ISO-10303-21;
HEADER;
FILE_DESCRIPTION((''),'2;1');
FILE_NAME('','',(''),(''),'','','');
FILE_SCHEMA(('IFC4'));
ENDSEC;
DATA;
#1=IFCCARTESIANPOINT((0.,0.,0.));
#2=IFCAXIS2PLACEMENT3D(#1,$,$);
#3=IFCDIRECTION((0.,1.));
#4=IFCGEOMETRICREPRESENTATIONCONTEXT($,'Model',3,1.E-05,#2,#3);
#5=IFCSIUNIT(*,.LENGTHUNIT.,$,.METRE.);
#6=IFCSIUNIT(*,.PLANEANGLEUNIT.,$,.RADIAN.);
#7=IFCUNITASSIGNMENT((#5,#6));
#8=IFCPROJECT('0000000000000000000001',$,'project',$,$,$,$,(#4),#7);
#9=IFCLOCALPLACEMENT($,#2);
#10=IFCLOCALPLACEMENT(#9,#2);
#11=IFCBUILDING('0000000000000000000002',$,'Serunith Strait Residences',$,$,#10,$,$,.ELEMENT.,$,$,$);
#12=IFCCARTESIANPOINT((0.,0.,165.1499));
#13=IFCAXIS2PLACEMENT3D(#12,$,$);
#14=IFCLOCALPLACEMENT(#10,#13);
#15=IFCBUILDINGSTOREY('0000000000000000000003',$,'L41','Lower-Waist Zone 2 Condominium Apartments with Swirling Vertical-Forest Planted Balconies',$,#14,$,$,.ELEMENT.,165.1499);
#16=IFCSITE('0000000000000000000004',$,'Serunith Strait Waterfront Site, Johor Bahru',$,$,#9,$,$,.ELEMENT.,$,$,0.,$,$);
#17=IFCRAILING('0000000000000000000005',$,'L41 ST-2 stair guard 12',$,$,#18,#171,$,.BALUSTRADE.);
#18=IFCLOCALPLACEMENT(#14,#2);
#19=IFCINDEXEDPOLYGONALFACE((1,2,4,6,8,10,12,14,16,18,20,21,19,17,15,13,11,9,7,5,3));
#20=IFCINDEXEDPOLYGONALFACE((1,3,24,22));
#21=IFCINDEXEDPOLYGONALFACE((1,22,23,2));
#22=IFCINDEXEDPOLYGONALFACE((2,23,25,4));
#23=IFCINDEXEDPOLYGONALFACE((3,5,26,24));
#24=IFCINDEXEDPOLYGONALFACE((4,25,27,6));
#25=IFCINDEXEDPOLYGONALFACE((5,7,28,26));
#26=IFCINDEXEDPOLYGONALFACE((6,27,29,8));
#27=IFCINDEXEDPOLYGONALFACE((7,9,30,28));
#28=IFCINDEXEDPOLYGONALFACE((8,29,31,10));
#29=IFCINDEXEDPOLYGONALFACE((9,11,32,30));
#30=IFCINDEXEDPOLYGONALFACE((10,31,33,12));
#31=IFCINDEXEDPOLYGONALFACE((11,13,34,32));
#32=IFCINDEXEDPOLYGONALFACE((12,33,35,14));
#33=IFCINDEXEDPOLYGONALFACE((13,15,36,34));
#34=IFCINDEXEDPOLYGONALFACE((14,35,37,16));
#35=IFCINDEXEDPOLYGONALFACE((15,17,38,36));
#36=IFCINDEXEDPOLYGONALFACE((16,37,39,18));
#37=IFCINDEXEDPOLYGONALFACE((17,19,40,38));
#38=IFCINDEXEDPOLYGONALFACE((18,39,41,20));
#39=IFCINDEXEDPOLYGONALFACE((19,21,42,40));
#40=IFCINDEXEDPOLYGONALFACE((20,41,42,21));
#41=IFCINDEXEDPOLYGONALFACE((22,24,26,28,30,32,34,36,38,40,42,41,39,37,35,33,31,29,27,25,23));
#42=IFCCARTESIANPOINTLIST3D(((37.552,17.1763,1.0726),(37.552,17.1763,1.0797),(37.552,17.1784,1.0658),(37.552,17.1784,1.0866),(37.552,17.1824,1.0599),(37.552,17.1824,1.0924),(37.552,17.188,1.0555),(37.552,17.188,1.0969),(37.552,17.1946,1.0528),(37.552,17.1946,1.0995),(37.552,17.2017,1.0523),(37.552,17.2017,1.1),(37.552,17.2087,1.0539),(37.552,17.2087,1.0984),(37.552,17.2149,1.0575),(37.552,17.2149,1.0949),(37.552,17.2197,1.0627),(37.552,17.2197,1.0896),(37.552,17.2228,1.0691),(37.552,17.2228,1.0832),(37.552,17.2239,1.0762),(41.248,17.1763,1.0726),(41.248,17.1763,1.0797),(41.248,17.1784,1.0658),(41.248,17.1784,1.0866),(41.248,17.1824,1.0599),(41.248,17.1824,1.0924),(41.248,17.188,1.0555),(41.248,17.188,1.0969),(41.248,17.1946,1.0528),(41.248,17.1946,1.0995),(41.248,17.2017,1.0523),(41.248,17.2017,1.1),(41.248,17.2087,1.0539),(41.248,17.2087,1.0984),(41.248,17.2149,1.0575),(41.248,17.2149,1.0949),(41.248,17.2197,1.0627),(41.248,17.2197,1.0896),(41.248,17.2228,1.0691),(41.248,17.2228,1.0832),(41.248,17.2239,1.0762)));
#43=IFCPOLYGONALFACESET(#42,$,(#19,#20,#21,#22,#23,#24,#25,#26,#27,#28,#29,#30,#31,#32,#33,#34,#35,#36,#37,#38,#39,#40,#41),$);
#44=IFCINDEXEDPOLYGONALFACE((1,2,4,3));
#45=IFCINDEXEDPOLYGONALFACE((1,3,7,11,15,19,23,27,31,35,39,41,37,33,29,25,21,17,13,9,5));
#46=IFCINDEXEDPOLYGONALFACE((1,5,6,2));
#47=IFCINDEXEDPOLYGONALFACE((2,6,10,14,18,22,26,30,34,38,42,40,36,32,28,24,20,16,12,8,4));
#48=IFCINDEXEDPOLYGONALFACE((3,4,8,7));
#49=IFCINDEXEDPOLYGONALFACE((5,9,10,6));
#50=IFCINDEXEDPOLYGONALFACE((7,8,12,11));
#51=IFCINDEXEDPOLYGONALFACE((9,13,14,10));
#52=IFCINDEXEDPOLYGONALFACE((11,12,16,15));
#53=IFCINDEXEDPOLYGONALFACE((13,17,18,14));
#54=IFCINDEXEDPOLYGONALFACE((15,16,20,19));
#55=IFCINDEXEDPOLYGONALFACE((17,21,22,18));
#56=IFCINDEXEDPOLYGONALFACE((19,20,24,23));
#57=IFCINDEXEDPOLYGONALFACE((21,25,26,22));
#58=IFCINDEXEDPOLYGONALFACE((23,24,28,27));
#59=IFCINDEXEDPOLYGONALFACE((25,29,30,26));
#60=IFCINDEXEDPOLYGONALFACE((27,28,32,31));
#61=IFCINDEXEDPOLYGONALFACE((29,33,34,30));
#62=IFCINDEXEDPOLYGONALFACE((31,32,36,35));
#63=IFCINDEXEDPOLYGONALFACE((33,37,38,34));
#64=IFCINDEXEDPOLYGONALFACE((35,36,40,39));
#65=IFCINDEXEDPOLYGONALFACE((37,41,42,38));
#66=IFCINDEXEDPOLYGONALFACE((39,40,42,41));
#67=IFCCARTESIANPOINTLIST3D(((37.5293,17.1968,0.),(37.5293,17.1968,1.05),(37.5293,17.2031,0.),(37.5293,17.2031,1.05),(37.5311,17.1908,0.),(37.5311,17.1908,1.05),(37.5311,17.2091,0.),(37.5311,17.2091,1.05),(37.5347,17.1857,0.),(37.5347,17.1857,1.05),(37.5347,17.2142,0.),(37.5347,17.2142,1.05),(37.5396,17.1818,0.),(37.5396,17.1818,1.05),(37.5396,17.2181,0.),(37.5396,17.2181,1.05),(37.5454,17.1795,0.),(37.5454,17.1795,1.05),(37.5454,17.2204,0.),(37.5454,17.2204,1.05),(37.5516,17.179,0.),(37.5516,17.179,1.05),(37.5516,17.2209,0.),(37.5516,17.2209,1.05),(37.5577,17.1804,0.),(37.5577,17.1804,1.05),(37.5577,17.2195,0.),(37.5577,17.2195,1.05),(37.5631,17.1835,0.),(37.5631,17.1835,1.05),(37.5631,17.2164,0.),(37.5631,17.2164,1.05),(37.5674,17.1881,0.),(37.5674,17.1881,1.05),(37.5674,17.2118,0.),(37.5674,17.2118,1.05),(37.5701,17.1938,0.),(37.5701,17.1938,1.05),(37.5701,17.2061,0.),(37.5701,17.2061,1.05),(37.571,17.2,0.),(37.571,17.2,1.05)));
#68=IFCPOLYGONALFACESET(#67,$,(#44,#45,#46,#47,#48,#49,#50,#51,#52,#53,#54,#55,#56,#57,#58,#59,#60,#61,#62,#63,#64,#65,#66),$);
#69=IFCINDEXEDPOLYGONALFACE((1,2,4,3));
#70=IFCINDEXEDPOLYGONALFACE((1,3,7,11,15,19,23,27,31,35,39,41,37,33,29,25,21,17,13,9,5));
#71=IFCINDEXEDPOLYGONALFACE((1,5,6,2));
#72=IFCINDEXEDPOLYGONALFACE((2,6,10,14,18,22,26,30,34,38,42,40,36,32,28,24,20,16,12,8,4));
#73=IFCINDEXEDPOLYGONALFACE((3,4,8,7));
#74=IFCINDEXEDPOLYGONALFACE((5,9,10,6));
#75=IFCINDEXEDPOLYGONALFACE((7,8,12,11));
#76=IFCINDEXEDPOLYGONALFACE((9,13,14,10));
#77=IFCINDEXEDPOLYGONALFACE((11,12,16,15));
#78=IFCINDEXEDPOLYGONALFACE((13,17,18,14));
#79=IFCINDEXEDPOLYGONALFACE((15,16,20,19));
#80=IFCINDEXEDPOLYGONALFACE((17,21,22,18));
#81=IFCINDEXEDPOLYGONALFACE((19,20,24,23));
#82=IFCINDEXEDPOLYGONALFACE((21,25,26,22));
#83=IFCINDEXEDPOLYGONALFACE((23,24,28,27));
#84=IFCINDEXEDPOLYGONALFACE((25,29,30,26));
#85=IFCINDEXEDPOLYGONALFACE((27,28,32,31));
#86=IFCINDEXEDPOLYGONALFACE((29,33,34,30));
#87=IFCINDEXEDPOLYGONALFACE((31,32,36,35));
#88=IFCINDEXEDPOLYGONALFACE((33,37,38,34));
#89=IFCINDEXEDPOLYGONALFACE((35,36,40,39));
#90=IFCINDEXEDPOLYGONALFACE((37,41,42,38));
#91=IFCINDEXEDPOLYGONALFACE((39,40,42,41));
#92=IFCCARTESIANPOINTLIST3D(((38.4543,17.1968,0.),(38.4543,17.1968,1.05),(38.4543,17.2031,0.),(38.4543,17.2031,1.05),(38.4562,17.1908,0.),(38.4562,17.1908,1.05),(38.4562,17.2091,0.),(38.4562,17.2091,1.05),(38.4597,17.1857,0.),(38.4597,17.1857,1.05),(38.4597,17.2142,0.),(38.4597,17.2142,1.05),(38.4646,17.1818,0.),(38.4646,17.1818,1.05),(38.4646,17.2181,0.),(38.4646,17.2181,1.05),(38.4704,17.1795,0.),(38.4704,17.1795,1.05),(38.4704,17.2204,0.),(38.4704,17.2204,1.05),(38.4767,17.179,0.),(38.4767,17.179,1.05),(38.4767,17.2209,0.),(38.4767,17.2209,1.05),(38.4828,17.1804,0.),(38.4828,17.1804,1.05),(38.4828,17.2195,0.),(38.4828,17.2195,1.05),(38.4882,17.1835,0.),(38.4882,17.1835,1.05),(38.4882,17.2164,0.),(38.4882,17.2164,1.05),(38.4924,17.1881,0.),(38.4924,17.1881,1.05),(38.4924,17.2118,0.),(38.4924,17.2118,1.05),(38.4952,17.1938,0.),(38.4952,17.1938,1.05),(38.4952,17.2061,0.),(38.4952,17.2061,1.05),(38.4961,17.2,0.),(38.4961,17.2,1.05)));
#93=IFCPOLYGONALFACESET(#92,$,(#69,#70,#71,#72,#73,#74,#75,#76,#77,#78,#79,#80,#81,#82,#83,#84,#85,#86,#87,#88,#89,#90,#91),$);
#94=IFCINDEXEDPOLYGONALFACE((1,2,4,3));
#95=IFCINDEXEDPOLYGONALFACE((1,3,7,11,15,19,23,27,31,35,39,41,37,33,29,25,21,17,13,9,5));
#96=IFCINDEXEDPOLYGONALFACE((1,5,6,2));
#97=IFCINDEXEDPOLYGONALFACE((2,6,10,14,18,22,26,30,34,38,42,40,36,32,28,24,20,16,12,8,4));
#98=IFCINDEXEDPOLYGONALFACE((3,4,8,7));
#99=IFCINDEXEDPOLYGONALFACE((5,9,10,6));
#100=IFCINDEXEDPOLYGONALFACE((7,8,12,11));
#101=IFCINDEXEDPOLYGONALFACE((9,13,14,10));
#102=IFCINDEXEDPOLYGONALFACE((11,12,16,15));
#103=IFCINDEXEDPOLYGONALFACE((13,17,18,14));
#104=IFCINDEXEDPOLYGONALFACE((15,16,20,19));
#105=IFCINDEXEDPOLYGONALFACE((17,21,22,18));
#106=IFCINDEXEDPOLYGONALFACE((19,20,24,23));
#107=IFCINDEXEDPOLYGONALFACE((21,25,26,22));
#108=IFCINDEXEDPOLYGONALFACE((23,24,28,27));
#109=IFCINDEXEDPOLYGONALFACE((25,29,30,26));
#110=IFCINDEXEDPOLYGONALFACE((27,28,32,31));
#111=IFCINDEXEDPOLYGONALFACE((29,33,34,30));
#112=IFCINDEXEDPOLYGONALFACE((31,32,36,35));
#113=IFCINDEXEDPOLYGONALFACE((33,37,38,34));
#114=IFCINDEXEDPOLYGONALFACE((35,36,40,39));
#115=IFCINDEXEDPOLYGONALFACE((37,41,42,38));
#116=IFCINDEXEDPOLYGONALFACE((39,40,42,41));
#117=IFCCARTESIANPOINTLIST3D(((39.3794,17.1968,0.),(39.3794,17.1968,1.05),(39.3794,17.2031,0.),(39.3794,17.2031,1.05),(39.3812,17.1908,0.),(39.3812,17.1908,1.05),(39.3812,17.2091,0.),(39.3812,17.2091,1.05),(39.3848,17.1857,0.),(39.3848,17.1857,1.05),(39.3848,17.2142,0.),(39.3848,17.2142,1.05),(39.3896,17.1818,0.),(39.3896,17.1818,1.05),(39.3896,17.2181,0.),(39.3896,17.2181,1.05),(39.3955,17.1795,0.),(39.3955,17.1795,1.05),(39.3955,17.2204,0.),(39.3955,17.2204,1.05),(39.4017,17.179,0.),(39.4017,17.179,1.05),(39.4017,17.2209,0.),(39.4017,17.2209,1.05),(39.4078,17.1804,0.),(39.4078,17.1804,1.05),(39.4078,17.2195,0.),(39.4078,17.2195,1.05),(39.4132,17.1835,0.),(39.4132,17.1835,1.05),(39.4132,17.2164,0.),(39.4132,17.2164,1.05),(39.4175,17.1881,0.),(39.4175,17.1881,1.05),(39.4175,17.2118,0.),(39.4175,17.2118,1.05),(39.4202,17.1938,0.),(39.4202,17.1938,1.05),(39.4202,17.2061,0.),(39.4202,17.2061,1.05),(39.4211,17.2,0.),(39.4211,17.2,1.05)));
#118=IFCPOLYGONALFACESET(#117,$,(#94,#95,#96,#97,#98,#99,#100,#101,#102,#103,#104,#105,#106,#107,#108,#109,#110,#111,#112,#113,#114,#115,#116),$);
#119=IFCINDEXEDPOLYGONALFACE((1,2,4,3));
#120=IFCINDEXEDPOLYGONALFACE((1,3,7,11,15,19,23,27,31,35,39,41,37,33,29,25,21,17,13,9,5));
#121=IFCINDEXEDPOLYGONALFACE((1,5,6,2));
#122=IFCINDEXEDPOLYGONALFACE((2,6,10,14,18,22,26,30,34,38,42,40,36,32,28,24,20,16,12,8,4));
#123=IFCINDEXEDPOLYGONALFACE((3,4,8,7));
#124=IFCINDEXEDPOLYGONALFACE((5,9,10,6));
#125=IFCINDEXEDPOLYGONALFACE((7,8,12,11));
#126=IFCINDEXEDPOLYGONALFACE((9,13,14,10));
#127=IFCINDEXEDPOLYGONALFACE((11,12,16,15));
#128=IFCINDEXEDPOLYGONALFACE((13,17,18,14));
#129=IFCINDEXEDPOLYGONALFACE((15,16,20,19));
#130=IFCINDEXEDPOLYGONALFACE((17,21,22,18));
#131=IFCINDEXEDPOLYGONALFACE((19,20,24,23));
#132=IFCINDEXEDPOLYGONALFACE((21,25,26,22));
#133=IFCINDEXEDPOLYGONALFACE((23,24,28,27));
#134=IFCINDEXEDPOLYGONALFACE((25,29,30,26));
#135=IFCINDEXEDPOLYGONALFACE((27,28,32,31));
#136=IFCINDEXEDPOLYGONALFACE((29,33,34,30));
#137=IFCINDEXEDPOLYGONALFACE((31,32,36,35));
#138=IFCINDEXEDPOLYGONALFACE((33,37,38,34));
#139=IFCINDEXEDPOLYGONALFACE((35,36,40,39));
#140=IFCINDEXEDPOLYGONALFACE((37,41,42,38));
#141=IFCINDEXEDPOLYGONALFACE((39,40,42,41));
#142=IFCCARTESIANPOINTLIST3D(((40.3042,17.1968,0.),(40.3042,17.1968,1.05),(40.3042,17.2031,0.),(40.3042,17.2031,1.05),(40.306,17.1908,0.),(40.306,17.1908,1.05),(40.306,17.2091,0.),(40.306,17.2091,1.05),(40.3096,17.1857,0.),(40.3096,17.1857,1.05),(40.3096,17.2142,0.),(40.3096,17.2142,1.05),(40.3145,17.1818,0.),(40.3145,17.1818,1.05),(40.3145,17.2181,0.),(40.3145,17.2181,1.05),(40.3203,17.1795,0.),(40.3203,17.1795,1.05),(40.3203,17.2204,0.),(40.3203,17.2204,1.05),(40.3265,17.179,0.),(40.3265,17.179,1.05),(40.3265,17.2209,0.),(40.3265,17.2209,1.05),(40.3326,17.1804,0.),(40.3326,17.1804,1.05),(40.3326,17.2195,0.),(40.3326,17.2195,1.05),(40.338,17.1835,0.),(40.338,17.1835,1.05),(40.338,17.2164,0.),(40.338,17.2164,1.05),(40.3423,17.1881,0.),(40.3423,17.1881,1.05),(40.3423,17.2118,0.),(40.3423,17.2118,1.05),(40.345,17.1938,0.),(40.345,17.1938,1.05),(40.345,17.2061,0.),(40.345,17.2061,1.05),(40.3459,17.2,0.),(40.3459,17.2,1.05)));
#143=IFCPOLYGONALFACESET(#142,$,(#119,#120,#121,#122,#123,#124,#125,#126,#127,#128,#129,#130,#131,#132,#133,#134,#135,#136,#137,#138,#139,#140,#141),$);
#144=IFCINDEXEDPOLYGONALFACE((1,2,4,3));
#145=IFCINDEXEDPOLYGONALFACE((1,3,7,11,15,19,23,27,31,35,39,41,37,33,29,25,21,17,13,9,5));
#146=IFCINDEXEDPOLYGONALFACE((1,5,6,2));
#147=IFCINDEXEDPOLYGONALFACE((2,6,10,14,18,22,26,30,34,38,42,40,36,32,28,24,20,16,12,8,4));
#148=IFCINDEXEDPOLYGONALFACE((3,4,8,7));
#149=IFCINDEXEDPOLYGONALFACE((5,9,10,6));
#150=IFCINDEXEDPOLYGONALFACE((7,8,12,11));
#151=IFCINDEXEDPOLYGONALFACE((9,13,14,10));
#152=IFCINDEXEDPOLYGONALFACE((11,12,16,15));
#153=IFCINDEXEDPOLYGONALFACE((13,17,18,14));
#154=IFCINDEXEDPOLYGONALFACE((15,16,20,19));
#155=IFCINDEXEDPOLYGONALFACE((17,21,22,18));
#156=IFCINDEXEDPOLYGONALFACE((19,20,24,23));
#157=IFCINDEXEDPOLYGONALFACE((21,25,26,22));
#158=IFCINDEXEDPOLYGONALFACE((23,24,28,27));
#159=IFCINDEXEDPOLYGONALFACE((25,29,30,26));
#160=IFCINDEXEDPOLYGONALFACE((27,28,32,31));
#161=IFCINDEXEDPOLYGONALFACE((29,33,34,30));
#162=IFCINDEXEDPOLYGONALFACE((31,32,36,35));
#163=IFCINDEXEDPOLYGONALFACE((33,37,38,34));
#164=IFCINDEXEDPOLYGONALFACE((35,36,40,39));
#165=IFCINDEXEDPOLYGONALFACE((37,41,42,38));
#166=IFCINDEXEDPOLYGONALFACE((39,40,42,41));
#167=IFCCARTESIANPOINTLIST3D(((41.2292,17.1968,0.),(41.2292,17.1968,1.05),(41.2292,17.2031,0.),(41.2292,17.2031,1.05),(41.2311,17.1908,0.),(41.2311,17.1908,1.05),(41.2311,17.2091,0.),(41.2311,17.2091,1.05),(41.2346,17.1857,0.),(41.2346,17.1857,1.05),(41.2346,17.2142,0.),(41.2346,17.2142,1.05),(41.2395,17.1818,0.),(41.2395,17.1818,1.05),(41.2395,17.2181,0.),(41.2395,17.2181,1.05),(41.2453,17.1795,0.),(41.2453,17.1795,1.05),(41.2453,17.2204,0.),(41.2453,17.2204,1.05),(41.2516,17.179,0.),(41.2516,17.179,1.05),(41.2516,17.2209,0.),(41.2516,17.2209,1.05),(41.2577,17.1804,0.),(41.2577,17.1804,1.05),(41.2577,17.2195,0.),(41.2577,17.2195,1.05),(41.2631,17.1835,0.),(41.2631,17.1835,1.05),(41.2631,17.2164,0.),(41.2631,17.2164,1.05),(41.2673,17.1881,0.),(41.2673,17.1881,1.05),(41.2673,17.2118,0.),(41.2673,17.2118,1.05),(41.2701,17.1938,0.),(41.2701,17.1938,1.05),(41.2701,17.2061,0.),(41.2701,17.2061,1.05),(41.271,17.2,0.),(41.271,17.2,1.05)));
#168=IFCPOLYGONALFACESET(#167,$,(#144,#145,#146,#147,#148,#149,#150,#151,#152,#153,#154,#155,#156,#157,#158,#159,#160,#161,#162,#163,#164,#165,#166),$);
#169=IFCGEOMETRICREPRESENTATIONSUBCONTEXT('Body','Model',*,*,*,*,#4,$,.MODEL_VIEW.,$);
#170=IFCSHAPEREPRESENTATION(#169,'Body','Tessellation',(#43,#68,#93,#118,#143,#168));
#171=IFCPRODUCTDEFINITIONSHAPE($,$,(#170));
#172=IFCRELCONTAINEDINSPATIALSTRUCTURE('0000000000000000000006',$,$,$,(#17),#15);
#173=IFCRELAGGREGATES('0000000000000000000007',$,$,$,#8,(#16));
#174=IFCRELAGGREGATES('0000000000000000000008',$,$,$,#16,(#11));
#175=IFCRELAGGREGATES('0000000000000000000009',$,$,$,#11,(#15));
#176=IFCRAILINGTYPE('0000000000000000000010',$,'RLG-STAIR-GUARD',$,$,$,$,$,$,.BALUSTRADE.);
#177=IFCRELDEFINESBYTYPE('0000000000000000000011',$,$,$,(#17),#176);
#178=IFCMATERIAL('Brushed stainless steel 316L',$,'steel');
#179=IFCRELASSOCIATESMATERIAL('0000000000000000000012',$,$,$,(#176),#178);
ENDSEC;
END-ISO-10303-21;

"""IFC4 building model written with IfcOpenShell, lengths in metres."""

from ifc_helpers import new_model, si_unit, direction, frame, origin, origin_2d, place, context, subcontext, project, spatial, circle, extrude, material, type_object, element, save


model = new_model("IFC4")

# Units and contexts
model_context = context("Model", 3, precision=1e-05, world=origin(), true_north=direction((0.0, 1.0)))
body_context = subcontext(model_context, "Body", "Model", "MODEL_VIEW")
ifc_project = project(units=[si_unit("LENGTHUNIT", "METRE"), si_unit("PLANEANGLEUNIT", "RADIAN")], contexts=[model_context])

# Site, building, storey
site_placement = place(None, origin())
site = spatial("IfcSite", under=ifc_project, at=site_placement, Name="Serunith Strait Waterfront Site, Johor Bahru", CompositionType="ELEMENT", RefElevation=0.0)
building_placement = place(site_placement, origin())
building = spatial("IfcBuilding", under=site, at=building_placement, Name="Serunith Strait Residences", CompositionType="ELEMENT")
storey_placement = place(building_placement, frame((0.0, 0.0, 165.1499)))
storey = spatial("IfcBuildingStorey", under=building, at=storey_placement, Name="L41", Description="Lower-Waist Zone 2 Condominium Apartments with Swirling Vertical-Forest Planted Balconies", CompositionType="ELEMENT", Elevation=165.1499)

# Railing
ifc_material_1 = material(Name="Brushed stainless steel 316L", Category="steel")
railing_type_1 = type_object("IfcRailingType", Name="RLG-STAIR-GUARD", PredefinedType="BALUSTRADE", material=ifc_material_1)
railing_1_placement = place(storey_placement, frame((37.55, 17.2, 0.0)))
element("IfcRailing", 1, at=railing_1_placement, inside=storey, type_object=railing_type_1, Name="L41 ST-2 stair guard 12", PredefinedType="BALUSTRADE", context=body_context, shape_type="SweptSolid", body=[
    extrude(circle(Radius=0.0239, at=origin_2d()), frame((0.002, 0.0, 1.0762), z_axis=(1.0, 0.0, 0.0), x_axis=(0.0, 1.0, 0.0)), (0.0, 0.0, 1.0), 3.696),
    extrude(circle(Radius=0.021, at=origin_2d()), origin(), (0.0, 0.0, 1.0), 1.05),
    extrude(circle(Radius=0.021, at=origin_2d()), frame((0.925, 0.0, 0.0)), (0.0, 0.0, 1.0), 1.05),
    extrude(circle(Radius=0.021, at=origin_2d()), frame((1.8501, 0.0, 0.0)), (0.0, 0.0, 1.0), 1.05),
    extrude(circle(Radius=0.021, at=origin_2d()), frame((2.7749, 0.0, 0.0)), (0.0, 0.0, 1.0), 1.05),
    extrude(circle(Radius=0.021, at=origin_2d()), frame((3.7, 0.0, 0.0)), (0.0, 0.0, 1.0), 1.05),
])

save(model, "model.ifc")
